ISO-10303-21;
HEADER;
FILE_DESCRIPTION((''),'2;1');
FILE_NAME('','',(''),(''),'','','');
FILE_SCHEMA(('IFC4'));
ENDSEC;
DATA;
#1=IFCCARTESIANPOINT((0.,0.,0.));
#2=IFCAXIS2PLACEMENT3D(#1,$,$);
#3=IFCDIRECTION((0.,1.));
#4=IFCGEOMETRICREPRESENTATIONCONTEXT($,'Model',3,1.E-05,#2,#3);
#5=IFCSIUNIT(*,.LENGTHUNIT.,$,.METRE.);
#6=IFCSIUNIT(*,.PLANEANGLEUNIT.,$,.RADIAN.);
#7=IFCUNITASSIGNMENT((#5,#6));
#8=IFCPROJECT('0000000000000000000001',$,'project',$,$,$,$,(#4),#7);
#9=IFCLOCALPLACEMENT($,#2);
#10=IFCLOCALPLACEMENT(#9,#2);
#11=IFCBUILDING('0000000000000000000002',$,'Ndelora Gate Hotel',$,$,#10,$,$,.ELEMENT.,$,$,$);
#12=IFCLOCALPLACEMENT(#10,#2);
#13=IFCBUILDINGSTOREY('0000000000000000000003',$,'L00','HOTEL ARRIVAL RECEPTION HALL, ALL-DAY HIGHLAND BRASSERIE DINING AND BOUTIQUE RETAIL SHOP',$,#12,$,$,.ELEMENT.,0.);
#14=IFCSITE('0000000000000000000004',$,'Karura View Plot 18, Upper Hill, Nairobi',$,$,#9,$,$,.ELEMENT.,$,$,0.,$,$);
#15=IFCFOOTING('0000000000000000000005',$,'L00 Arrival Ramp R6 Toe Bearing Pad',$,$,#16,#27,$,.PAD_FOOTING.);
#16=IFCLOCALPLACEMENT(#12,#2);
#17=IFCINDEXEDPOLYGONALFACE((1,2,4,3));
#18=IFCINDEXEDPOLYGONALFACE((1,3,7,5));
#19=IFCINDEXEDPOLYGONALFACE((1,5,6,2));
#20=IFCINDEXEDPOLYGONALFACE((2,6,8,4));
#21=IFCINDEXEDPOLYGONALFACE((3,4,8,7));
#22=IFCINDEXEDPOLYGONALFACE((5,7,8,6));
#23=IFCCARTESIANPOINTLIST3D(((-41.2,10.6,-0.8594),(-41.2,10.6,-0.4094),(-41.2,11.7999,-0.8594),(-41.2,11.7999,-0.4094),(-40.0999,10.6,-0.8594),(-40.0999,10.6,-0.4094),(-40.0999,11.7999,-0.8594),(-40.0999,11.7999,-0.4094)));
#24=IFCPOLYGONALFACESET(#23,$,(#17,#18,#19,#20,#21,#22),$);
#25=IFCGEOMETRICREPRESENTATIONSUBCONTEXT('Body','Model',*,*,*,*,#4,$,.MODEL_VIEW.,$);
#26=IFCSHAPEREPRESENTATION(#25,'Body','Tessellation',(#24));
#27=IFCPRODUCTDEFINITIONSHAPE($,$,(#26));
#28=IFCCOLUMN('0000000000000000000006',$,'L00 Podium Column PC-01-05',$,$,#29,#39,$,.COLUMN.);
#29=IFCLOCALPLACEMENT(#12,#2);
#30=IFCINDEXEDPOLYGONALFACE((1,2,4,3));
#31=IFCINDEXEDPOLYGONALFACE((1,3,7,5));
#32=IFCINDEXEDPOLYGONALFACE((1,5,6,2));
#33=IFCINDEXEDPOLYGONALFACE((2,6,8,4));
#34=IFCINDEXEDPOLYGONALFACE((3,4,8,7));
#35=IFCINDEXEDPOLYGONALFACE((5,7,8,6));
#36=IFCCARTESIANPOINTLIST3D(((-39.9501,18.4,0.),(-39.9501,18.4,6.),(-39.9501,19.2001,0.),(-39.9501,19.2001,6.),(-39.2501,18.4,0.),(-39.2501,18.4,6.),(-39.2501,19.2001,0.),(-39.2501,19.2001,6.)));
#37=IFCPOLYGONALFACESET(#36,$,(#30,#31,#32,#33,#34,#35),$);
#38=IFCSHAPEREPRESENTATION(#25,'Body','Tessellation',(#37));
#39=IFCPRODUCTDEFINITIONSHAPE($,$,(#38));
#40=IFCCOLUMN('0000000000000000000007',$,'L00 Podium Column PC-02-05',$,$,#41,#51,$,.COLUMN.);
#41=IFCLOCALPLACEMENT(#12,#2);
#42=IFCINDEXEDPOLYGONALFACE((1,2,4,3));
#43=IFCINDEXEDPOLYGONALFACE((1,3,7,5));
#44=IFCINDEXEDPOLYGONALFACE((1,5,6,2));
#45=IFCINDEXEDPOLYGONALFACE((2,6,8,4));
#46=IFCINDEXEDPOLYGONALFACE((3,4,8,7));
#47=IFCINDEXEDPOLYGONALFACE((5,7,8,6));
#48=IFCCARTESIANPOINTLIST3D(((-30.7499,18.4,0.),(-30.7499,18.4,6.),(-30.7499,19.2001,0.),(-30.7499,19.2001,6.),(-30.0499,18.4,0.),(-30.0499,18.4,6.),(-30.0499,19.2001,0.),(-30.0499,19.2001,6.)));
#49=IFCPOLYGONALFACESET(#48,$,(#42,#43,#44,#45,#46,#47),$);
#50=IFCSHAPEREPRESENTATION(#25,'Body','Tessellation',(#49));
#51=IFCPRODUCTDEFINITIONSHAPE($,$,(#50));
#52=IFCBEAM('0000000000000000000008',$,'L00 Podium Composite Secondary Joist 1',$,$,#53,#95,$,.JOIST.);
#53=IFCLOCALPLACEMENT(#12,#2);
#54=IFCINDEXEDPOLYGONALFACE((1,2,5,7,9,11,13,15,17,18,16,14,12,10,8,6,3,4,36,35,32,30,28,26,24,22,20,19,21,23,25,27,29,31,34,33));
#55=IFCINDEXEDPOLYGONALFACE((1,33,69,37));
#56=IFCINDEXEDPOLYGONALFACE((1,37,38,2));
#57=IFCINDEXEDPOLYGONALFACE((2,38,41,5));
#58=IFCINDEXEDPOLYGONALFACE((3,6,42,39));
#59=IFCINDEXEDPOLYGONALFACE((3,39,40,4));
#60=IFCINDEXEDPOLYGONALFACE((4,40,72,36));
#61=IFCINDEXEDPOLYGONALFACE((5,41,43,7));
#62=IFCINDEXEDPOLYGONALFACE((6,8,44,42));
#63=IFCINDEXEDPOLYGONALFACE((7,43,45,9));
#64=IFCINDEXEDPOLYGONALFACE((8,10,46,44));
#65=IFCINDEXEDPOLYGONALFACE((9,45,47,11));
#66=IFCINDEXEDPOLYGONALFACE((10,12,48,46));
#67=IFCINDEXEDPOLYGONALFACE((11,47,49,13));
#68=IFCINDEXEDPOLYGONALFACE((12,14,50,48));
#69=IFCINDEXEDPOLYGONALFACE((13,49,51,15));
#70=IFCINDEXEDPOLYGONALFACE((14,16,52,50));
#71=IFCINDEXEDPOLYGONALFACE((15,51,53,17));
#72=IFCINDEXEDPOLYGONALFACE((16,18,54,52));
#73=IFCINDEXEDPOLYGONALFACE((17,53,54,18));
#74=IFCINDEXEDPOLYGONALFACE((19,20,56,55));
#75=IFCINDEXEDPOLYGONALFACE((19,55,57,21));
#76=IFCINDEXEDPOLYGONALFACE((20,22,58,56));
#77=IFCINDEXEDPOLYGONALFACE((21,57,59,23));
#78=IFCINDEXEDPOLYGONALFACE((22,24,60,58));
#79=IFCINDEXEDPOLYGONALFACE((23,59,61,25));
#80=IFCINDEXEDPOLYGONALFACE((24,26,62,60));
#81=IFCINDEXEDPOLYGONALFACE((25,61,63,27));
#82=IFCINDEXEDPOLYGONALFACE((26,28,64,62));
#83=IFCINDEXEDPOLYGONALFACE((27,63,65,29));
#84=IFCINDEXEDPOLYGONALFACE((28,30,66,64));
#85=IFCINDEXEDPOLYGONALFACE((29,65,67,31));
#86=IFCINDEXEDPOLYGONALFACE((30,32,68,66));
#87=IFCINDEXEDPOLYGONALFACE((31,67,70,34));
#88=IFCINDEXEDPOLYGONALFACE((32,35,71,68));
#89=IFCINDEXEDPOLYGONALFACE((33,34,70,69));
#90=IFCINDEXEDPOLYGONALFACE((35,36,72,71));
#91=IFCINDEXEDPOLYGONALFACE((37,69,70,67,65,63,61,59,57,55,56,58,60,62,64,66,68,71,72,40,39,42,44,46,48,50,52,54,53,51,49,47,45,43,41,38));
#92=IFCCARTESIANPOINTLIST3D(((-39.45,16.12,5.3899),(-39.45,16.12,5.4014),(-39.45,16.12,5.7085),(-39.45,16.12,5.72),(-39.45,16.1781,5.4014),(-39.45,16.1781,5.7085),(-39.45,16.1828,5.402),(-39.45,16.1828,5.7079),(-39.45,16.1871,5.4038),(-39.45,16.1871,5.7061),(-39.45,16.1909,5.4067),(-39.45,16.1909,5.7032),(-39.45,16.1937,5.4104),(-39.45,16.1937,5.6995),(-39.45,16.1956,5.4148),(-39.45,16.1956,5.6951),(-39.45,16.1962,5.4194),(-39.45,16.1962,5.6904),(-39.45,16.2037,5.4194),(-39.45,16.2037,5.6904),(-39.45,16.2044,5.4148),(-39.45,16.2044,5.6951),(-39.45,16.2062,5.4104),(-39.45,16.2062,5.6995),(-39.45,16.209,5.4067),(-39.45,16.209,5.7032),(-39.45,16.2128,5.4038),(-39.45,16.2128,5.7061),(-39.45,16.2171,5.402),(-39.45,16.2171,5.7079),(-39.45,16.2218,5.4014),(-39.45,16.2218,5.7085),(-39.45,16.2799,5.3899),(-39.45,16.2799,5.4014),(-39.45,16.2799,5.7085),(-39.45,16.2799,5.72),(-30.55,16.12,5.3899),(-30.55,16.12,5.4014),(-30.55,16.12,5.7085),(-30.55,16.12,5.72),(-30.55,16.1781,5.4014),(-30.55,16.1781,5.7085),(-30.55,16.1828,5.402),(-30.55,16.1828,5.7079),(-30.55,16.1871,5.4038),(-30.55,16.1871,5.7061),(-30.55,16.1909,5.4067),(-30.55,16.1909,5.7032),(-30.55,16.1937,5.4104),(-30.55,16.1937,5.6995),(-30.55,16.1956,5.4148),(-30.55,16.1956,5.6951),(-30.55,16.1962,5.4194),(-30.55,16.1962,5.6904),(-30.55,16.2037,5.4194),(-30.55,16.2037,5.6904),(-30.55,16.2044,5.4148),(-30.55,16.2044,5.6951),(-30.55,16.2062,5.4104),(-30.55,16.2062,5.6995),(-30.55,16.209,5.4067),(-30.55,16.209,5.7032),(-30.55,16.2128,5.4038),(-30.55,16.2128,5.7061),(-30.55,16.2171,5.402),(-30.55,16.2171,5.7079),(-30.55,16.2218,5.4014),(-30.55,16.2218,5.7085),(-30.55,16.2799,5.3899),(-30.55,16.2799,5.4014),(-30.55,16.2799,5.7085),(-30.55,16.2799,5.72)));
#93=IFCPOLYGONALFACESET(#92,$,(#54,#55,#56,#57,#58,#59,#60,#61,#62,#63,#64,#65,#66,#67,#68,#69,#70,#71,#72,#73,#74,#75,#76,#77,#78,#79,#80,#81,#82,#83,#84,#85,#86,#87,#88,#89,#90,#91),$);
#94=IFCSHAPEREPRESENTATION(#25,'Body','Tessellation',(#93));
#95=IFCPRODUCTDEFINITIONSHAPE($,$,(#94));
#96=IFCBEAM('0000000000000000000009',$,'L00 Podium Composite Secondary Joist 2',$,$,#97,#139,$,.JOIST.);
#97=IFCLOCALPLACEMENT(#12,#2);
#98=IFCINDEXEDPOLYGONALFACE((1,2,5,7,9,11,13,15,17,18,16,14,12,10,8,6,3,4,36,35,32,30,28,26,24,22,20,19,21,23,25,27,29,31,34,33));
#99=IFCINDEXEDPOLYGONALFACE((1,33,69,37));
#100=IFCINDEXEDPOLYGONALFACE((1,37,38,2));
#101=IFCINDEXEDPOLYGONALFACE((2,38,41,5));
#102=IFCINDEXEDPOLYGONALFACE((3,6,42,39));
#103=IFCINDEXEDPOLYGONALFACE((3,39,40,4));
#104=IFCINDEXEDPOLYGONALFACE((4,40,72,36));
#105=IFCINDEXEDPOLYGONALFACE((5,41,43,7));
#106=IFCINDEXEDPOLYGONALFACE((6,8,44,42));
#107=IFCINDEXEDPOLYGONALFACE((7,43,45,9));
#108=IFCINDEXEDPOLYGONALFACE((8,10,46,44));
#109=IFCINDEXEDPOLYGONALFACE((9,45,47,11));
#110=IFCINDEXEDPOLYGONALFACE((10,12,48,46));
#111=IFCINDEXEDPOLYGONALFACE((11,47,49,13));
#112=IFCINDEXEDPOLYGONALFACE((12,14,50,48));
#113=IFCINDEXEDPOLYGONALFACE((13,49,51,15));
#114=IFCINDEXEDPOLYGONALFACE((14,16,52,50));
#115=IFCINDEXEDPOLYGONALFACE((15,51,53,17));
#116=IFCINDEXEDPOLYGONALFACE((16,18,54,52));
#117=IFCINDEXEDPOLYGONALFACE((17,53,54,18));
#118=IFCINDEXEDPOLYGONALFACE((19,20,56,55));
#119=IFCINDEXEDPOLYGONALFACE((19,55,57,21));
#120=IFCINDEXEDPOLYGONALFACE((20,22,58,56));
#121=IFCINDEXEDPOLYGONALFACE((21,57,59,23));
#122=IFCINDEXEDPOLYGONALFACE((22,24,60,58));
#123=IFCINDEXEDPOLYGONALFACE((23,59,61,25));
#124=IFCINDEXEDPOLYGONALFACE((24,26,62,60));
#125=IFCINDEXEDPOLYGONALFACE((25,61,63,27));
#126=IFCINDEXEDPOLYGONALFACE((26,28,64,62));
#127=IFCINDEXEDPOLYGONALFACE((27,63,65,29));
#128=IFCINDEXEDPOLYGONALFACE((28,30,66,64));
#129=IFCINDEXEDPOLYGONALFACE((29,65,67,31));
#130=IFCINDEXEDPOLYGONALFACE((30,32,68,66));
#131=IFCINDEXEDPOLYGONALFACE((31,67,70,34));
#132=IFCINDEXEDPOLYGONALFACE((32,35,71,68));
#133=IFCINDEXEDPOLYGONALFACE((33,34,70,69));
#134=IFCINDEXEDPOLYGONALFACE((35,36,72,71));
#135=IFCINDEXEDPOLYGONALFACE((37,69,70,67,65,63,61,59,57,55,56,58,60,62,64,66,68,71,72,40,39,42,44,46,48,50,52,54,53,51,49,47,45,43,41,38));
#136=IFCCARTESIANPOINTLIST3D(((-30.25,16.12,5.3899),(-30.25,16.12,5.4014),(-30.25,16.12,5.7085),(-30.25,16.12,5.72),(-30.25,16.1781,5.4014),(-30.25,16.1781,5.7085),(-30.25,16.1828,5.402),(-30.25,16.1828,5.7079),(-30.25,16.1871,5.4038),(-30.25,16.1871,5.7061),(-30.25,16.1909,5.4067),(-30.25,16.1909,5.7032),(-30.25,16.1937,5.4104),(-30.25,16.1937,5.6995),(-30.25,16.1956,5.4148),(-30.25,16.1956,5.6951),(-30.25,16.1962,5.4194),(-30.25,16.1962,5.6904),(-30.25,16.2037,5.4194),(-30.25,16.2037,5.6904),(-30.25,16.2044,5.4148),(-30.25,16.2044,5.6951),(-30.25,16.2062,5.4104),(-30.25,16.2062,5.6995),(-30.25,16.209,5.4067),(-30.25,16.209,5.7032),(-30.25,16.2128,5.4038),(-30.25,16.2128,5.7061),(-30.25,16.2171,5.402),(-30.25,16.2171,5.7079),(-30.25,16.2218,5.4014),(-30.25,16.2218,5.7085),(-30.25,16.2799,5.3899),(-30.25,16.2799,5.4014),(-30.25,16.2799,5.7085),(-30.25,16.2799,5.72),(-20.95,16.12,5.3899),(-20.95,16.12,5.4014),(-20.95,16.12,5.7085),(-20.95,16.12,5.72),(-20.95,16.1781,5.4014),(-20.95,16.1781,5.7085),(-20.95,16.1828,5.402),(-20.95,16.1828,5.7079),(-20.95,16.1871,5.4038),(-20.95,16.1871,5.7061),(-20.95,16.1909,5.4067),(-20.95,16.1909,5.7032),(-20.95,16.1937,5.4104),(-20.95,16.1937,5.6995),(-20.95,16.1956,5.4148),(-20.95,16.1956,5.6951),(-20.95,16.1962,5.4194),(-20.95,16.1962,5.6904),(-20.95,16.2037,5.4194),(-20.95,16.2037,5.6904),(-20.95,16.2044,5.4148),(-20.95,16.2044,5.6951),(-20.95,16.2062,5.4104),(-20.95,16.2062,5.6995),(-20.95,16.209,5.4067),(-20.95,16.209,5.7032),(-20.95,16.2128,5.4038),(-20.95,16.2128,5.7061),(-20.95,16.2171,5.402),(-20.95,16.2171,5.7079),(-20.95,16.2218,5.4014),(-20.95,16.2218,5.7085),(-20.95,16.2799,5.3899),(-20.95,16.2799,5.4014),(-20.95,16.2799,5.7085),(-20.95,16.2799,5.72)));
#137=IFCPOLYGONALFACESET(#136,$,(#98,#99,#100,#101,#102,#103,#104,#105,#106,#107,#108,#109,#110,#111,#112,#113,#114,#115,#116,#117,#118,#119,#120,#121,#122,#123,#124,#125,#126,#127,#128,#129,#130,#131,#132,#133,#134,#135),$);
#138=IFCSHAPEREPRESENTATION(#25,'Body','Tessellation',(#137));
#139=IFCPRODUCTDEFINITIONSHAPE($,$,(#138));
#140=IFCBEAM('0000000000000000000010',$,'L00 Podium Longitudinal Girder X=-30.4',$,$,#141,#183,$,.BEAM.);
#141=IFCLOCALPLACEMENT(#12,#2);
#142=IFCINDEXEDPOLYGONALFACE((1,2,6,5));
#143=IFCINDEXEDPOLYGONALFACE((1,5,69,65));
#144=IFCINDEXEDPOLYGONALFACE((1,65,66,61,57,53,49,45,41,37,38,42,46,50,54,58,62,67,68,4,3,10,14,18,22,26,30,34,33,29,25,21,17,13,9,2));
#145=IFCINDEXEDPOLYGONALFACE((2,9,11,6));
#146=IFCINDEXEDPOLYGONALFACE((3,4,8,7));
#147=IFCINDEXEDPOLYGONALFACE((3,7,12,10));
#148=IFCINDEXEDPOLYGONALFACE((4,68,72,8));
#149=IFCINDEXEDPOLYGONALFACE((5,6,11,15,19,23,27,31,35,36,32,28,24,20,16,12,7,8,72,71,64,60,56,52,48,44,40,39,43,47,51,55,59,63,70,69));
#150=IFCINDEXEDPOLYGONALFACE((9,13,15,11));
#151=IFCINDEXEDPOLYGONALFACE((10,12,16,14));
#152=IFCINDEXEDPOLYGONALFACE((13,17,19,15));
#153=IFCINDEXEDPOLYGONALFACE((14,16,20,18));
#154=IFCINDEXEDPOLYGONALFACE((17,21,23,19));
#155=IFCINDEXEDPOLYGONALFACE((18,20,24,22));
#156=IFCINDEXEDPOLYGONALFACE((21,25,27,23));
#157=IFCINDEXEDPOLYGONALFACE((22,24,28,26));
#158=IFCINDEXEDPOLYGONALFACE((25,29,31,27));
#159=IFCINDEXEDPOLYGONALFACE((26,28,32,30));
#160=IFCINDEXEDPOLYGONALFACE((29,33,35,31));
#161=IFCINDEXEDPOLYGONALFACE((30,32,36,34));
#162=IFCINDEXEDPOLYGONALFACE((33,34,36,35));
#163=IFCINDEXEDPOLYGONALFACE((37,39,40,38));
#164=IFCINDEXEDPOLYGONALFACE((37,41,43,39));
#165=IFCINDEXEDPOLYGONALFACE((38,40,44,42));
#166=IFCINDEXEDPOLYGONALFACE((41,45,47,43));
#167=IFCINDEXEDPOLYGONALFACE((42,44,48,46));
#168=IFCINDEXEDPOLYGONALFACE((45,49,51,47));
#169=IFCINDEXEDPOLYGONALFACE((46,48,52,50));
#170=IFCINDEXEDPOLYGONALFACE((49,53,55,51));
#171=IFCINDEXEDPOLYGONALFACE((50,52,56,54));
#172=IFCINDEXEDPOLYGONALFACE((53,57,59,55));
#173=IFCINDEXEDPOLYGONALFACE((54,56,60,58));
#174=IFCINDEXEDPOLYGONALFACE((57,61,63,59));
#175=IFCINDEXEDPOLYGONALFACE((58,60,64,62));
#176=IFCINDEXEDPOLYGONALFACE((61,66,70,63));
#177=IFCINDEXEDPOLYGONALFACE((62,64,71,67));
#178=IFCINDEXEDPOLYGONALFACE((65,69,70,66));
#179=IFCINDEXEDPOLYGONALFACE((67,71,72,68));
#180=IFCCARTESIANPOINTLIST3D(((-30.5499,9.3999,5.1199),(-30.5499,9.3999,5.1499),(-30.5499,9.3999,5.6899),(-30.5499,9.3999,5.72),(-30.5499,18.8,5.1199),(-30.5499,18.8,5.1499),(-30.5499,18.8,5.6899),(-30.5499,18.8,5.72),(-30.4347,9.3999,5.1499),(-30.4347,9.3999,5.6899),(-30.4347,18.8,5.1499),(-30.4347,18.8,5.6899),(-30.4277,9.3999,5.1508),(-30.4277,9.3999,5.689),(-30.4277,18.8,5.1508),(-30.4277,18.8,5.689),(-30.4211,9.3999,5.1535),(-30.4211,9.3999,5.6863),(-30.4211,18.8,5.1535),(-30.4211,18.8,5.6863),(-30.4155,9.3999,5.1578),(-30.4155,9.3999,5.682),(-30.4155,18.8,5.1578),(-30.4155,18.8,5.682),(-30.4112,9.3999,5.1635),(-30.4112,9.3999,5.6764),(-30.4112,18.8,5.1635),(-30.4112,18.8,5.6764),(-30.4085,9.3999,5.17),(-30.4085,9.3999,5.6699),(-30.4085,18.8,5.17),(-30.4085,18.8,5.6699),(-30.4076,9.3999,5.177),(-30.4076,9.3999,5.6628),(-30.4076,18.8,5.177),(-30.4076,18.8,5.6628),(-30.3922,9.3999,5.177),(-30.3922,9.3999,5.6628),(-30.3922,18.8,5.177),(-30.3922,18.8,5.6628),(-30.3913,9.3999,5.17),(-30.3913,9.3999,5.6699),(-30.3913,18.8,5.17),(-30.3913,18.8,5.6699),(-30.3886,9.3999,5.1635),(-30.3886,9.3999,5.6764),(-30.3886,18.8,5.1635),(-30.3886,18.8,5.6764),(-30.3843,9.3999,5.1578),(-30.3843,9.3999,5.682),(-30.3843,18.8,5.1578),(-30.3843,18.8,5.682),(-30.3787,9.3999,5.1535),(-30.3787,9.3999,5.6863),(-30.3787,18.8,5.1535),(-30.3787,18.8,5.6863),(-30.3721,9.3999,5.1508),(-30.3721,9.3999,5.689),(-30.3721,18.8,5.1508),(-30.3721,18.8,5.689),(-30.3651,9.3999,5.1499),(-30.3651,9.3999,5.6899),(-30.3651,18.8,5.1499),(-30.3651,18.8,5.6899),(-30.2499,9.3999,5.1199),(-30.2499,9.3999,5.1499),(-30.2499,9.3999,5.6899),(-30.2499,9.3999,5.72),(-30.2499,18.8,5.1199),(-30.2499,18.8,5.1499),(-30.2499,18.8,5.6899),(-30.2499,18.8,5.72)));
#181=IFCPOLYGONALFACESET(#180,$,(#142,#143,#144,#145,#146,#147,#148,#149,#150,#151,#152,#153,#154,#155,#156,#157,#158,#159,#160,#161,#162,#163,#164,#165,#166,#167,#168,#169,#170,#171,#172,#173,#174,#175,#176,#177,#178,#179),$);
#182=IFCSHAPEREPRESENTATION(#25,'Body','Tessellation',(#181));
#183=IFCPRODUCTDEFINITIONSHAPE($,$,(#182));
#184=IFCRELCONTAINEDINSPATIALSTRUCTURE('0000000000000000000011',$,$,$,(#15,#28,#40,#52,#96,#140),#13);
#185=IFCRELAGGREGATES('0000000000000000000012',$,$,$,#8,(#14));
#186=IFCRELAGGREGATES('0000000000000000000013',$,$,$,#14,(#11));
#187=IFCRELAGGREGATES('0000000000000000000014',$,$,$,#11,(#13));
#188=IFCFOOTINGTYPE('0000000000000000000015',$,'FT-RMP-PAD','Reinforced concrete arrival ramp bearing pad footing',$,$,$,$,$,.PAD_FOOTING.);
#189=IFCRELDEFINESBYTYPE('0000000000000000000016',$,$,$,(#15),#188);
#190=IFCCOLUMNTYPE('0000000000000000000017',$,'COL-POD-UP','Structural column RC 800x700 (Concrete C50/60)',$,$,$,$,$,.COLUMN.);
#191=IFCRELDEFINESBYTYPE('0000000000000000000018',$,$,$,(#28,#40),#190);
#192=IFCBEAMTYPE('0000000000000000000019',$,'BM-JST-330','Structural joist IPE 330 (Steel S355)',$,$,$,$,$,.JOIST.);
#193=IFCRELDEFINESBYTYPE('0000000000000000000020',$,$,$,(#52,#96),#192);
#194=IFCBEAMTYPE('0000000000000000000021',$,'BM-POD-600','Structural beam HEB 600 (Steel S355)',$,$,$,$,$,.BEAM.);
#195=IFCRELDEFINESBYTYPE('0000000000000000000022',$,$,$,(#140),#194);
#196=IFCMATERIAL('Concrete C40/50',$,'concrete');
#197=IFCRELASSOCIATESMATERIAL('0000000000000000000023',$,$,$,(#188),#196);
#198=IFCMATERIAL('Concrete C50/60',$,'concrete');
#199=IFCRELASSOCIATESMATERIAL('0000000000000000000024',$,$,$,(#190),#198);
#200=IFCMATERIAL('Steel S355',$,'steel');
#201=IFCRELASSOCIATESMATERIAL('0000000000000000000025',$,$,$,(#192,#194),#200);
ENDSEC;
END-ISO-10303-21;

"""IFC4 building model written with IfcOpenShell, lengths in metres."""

from ifc_helpers import new_model, si_unit, direction, frame, origin, origin_2d, place, context, subcontext, project, spatial, rectangle, i_section, extrude, material, material_profile, profile_set, type_object, element, save


model = new_model("IFC4")

# Units and contexts
model_context = context("Model", 3, precision=1e-05, world=origin(), true_north=direction((0.0, 1.0)))
body_context = subcontext(model_context, "Body", "Model", "MODEL_VIEW")
ifc_project = project(units=[si_unit("LENGTHUNIT", "METRE"), si_unit("PLANEANGLEUNIT", "RADIAN")], contexts=[model_context])

# Site, building, storey
site_placement = place(None, origin())
site = spatial("IfcSite", under=ifc_project, at=site_placement, Name="Karura View Plot 18, Upper Hill, Nairobi", CompositionType="ELEMENT", RefElevation=0.0)
building_placement = place(site_placement, origin())
building = spatial("IfcBuilding", under=site, at=building_placement, Name="Ndelora Gate Hotel", CompositionType="ELEMENT")
storey_placement = place(building_placement, origin())
storey = spatial("IfcBuildingStorey", under=building, at=storey_placement, Name="L00", Description="HOTEL ARRIVAL RECEPTION HALL, ALL-DAY HIGHLAND BRASSERIE DINING AND BOUTIQUE RETAIL SHOP", CompositionType="ELEMENT", Elevation=0.0)

# Footing
ifc_material_1 = material(Name="Concrete C40/50", Category="concrete")
footing_type = type_object("IfcFootingType", Name="FT-RMP-PAD", Description="Reinforced concrete arrival ramp bearing pad footing", PredefinedType="PAD_FOOTING", material=ifc_material_1)
footing_placement = place(storey_placement, frame((-40.6499, 11.2, -0.8594), z_axis=(0.0, 0.0, 1.0), x_axis=(1.0, 0.0, 0.0)))
element("IfcFooting", 1, at=footing_placement, inside=storey, type_object=footing_type, Name="L00 Arrival Ramp R6 Toe Bearing Pad", PredefinedType="PAD_FOOTING", context=body_context, shape_type="SweptSolid", body=[
    extrude(rectangle(XDim=1.1001, YDim=1.2, at=origin_2d()), origin(), (0.0, 0.0, 1.0), 0.45),
])

# Columns
ifc_material_2 = material(Name="Concrete C50/60", Category="concrete")
ifc_material_profile_1 = material_profile(ifc_material_2, rectangle(XDim=0.7, YDim=0.8, at=origin_2d()), Name="RC 800x700")
ifc_profile_set_1 = profile_set([ifc_material_profile_1], Name="Concrete C50/60")
column_type = type_object("IfcColumnType", Name="COL-POD-UP", Description="Structural column RC 800x700 (Concrete C50/60)", PredefinedType="COLUMN", material=ifc_profile_set_1)
for number, where, z_axis, x_axis, name in (
    (2, (-39.6001, 18.8, 0.0), (0.0, 0.0, 1.0), (1.0, 0.0, 0.0), "L00 Podium Column PC-01-05"),
    (3, (-30.3999, 18.8, 0.0), (0.0, 0.0, 1.0), (1.0, 0.0, 0.0), "L00 Podium Column PC-02-05"),
):
    element("IfcColumn", number, at=place(storey_placement, frame(where, z_axis=z_axis, x_axis=x_axis)), inside=storey, type_object=column_type, Name=name, PredefinedType="COLUMN", context=body_context, shape_type="SweptSolid", body=[
        extrude(rectangle(XDim=0.7, YDim=0.8, at=origin_2d()), origin(), (0.0, 0.0, 1.0), 6.0),
    ])

# Beams
ifc_material_3 = material(Name="Steel S355", Category="steel")
ifc_material_profile_2 = material_profile(ifc_material_3, i_section(OverallWidth=0.1599, OverallDepth=0.3301, WebThickness=0.0076, FlangeThickness=0.0115, FilletRadius=0.0181, at=origin_2d()), Name="IPE 330")
ifc_profile_set_2 = profile_set([ifc_material_profile_2], Name="Steel S355")
beam_type_1 = type_object("IfcBeamType", Name="BM-JST-330", Description="Structural joist IPE 330 (Steel S355)", PredefinedType="JOIST", material=ifc_profile_set_2)
beam_1_placement = place(storey_placement, frame((-39.45, 16.2, 5.5549), z_axis=(1.0, 0.0, 0.0), x_axis=(0.0, 1.0, 0.0)))
element("IfcBeam", 4, at=beam_1_placement, inside=storey, type_object=beam_type_1, Name="L00 Podium Composite Secondary Joist 1", PredefinedType="JOIST", context=body_context, shape_type="SweptSolid", body=[
    extrude(i_section(OverallWidth=0.1599, OverallDepth=0.3301, WebThickness=0.0076, FlangeThickness=0.0115, FilletRadius=0.0181, at=origin_2d()), origin(), (0.0, 0.0, 1.0), 8.8999),
])
beam_2_placement = place(storey_placement, frame((-30.25, 16.2, 5.5549), z_axis=(1.0, 0.0, 0.0), x_axis=(0.0, 1.0, 0.0)))
element("IfcBeam", 5, at=beam_2_placement, inside=storey, type_object=beam_type_1, Name="L00 Podium Composite Secondary Joist 2", PredefinedType="JOIST", context=body_context, shape_type="SweptSolid", body=[
    extrude(i_section(OverallWidth=0.1599, OverallDepth=0.3301, WebThickness=0.0076, FlangeThickness=0.0115, FilletRadius=0.0181, at=origin_2d()), origin(), (0.0, 0.0, 1.0), 9.3),
])
ifc_material_profile_3 = material_profile(ifc_material_3, i_section(OverallWidth=0.3, OverallDepth=0.6001, WebThickness=0.0154, FlangeThickness=0.03, FilletRadius=0.0271, at=origin_2d()), Name="HEB 600")
ifc_profile_set_3 = profile_set([ifc_material_profile_3], Name="Steel S355")
beam_type_2 = type_object("IfcBeamType", Name="BM-POD-600", Description="Structural beam HEB 600 (Steel S355)", PredefinedType="BEAM", material=ifc_profile_set_3)
beam_3_placement = place(storey_placement, frame((-30.3999, 9.3999, 5.4199), z_axis=(0.0, 1.0, 0.0), x_axis=(-1.0, 0.0, 0.0)))
element("IfcBeam", 6, at=beam_3_placement, inside=storey, type_object=beam_type_2, Name="L00 Podium Longitudinal Girder X=-30.4", PredefinedType="BEAM", context=body_context, shape_type="SweptSolid", body=[
    extrude(i_section(OverallWidth=0.3, OverallDepth=0.6001, WebThickness=0.0154, FlangeThickness=0.03, FilletRadius=0.0271, at=origin_2d()), origin(), (0.0, 0.0, 1.0), 9.4001),
])

save(model, "model.ifc")
